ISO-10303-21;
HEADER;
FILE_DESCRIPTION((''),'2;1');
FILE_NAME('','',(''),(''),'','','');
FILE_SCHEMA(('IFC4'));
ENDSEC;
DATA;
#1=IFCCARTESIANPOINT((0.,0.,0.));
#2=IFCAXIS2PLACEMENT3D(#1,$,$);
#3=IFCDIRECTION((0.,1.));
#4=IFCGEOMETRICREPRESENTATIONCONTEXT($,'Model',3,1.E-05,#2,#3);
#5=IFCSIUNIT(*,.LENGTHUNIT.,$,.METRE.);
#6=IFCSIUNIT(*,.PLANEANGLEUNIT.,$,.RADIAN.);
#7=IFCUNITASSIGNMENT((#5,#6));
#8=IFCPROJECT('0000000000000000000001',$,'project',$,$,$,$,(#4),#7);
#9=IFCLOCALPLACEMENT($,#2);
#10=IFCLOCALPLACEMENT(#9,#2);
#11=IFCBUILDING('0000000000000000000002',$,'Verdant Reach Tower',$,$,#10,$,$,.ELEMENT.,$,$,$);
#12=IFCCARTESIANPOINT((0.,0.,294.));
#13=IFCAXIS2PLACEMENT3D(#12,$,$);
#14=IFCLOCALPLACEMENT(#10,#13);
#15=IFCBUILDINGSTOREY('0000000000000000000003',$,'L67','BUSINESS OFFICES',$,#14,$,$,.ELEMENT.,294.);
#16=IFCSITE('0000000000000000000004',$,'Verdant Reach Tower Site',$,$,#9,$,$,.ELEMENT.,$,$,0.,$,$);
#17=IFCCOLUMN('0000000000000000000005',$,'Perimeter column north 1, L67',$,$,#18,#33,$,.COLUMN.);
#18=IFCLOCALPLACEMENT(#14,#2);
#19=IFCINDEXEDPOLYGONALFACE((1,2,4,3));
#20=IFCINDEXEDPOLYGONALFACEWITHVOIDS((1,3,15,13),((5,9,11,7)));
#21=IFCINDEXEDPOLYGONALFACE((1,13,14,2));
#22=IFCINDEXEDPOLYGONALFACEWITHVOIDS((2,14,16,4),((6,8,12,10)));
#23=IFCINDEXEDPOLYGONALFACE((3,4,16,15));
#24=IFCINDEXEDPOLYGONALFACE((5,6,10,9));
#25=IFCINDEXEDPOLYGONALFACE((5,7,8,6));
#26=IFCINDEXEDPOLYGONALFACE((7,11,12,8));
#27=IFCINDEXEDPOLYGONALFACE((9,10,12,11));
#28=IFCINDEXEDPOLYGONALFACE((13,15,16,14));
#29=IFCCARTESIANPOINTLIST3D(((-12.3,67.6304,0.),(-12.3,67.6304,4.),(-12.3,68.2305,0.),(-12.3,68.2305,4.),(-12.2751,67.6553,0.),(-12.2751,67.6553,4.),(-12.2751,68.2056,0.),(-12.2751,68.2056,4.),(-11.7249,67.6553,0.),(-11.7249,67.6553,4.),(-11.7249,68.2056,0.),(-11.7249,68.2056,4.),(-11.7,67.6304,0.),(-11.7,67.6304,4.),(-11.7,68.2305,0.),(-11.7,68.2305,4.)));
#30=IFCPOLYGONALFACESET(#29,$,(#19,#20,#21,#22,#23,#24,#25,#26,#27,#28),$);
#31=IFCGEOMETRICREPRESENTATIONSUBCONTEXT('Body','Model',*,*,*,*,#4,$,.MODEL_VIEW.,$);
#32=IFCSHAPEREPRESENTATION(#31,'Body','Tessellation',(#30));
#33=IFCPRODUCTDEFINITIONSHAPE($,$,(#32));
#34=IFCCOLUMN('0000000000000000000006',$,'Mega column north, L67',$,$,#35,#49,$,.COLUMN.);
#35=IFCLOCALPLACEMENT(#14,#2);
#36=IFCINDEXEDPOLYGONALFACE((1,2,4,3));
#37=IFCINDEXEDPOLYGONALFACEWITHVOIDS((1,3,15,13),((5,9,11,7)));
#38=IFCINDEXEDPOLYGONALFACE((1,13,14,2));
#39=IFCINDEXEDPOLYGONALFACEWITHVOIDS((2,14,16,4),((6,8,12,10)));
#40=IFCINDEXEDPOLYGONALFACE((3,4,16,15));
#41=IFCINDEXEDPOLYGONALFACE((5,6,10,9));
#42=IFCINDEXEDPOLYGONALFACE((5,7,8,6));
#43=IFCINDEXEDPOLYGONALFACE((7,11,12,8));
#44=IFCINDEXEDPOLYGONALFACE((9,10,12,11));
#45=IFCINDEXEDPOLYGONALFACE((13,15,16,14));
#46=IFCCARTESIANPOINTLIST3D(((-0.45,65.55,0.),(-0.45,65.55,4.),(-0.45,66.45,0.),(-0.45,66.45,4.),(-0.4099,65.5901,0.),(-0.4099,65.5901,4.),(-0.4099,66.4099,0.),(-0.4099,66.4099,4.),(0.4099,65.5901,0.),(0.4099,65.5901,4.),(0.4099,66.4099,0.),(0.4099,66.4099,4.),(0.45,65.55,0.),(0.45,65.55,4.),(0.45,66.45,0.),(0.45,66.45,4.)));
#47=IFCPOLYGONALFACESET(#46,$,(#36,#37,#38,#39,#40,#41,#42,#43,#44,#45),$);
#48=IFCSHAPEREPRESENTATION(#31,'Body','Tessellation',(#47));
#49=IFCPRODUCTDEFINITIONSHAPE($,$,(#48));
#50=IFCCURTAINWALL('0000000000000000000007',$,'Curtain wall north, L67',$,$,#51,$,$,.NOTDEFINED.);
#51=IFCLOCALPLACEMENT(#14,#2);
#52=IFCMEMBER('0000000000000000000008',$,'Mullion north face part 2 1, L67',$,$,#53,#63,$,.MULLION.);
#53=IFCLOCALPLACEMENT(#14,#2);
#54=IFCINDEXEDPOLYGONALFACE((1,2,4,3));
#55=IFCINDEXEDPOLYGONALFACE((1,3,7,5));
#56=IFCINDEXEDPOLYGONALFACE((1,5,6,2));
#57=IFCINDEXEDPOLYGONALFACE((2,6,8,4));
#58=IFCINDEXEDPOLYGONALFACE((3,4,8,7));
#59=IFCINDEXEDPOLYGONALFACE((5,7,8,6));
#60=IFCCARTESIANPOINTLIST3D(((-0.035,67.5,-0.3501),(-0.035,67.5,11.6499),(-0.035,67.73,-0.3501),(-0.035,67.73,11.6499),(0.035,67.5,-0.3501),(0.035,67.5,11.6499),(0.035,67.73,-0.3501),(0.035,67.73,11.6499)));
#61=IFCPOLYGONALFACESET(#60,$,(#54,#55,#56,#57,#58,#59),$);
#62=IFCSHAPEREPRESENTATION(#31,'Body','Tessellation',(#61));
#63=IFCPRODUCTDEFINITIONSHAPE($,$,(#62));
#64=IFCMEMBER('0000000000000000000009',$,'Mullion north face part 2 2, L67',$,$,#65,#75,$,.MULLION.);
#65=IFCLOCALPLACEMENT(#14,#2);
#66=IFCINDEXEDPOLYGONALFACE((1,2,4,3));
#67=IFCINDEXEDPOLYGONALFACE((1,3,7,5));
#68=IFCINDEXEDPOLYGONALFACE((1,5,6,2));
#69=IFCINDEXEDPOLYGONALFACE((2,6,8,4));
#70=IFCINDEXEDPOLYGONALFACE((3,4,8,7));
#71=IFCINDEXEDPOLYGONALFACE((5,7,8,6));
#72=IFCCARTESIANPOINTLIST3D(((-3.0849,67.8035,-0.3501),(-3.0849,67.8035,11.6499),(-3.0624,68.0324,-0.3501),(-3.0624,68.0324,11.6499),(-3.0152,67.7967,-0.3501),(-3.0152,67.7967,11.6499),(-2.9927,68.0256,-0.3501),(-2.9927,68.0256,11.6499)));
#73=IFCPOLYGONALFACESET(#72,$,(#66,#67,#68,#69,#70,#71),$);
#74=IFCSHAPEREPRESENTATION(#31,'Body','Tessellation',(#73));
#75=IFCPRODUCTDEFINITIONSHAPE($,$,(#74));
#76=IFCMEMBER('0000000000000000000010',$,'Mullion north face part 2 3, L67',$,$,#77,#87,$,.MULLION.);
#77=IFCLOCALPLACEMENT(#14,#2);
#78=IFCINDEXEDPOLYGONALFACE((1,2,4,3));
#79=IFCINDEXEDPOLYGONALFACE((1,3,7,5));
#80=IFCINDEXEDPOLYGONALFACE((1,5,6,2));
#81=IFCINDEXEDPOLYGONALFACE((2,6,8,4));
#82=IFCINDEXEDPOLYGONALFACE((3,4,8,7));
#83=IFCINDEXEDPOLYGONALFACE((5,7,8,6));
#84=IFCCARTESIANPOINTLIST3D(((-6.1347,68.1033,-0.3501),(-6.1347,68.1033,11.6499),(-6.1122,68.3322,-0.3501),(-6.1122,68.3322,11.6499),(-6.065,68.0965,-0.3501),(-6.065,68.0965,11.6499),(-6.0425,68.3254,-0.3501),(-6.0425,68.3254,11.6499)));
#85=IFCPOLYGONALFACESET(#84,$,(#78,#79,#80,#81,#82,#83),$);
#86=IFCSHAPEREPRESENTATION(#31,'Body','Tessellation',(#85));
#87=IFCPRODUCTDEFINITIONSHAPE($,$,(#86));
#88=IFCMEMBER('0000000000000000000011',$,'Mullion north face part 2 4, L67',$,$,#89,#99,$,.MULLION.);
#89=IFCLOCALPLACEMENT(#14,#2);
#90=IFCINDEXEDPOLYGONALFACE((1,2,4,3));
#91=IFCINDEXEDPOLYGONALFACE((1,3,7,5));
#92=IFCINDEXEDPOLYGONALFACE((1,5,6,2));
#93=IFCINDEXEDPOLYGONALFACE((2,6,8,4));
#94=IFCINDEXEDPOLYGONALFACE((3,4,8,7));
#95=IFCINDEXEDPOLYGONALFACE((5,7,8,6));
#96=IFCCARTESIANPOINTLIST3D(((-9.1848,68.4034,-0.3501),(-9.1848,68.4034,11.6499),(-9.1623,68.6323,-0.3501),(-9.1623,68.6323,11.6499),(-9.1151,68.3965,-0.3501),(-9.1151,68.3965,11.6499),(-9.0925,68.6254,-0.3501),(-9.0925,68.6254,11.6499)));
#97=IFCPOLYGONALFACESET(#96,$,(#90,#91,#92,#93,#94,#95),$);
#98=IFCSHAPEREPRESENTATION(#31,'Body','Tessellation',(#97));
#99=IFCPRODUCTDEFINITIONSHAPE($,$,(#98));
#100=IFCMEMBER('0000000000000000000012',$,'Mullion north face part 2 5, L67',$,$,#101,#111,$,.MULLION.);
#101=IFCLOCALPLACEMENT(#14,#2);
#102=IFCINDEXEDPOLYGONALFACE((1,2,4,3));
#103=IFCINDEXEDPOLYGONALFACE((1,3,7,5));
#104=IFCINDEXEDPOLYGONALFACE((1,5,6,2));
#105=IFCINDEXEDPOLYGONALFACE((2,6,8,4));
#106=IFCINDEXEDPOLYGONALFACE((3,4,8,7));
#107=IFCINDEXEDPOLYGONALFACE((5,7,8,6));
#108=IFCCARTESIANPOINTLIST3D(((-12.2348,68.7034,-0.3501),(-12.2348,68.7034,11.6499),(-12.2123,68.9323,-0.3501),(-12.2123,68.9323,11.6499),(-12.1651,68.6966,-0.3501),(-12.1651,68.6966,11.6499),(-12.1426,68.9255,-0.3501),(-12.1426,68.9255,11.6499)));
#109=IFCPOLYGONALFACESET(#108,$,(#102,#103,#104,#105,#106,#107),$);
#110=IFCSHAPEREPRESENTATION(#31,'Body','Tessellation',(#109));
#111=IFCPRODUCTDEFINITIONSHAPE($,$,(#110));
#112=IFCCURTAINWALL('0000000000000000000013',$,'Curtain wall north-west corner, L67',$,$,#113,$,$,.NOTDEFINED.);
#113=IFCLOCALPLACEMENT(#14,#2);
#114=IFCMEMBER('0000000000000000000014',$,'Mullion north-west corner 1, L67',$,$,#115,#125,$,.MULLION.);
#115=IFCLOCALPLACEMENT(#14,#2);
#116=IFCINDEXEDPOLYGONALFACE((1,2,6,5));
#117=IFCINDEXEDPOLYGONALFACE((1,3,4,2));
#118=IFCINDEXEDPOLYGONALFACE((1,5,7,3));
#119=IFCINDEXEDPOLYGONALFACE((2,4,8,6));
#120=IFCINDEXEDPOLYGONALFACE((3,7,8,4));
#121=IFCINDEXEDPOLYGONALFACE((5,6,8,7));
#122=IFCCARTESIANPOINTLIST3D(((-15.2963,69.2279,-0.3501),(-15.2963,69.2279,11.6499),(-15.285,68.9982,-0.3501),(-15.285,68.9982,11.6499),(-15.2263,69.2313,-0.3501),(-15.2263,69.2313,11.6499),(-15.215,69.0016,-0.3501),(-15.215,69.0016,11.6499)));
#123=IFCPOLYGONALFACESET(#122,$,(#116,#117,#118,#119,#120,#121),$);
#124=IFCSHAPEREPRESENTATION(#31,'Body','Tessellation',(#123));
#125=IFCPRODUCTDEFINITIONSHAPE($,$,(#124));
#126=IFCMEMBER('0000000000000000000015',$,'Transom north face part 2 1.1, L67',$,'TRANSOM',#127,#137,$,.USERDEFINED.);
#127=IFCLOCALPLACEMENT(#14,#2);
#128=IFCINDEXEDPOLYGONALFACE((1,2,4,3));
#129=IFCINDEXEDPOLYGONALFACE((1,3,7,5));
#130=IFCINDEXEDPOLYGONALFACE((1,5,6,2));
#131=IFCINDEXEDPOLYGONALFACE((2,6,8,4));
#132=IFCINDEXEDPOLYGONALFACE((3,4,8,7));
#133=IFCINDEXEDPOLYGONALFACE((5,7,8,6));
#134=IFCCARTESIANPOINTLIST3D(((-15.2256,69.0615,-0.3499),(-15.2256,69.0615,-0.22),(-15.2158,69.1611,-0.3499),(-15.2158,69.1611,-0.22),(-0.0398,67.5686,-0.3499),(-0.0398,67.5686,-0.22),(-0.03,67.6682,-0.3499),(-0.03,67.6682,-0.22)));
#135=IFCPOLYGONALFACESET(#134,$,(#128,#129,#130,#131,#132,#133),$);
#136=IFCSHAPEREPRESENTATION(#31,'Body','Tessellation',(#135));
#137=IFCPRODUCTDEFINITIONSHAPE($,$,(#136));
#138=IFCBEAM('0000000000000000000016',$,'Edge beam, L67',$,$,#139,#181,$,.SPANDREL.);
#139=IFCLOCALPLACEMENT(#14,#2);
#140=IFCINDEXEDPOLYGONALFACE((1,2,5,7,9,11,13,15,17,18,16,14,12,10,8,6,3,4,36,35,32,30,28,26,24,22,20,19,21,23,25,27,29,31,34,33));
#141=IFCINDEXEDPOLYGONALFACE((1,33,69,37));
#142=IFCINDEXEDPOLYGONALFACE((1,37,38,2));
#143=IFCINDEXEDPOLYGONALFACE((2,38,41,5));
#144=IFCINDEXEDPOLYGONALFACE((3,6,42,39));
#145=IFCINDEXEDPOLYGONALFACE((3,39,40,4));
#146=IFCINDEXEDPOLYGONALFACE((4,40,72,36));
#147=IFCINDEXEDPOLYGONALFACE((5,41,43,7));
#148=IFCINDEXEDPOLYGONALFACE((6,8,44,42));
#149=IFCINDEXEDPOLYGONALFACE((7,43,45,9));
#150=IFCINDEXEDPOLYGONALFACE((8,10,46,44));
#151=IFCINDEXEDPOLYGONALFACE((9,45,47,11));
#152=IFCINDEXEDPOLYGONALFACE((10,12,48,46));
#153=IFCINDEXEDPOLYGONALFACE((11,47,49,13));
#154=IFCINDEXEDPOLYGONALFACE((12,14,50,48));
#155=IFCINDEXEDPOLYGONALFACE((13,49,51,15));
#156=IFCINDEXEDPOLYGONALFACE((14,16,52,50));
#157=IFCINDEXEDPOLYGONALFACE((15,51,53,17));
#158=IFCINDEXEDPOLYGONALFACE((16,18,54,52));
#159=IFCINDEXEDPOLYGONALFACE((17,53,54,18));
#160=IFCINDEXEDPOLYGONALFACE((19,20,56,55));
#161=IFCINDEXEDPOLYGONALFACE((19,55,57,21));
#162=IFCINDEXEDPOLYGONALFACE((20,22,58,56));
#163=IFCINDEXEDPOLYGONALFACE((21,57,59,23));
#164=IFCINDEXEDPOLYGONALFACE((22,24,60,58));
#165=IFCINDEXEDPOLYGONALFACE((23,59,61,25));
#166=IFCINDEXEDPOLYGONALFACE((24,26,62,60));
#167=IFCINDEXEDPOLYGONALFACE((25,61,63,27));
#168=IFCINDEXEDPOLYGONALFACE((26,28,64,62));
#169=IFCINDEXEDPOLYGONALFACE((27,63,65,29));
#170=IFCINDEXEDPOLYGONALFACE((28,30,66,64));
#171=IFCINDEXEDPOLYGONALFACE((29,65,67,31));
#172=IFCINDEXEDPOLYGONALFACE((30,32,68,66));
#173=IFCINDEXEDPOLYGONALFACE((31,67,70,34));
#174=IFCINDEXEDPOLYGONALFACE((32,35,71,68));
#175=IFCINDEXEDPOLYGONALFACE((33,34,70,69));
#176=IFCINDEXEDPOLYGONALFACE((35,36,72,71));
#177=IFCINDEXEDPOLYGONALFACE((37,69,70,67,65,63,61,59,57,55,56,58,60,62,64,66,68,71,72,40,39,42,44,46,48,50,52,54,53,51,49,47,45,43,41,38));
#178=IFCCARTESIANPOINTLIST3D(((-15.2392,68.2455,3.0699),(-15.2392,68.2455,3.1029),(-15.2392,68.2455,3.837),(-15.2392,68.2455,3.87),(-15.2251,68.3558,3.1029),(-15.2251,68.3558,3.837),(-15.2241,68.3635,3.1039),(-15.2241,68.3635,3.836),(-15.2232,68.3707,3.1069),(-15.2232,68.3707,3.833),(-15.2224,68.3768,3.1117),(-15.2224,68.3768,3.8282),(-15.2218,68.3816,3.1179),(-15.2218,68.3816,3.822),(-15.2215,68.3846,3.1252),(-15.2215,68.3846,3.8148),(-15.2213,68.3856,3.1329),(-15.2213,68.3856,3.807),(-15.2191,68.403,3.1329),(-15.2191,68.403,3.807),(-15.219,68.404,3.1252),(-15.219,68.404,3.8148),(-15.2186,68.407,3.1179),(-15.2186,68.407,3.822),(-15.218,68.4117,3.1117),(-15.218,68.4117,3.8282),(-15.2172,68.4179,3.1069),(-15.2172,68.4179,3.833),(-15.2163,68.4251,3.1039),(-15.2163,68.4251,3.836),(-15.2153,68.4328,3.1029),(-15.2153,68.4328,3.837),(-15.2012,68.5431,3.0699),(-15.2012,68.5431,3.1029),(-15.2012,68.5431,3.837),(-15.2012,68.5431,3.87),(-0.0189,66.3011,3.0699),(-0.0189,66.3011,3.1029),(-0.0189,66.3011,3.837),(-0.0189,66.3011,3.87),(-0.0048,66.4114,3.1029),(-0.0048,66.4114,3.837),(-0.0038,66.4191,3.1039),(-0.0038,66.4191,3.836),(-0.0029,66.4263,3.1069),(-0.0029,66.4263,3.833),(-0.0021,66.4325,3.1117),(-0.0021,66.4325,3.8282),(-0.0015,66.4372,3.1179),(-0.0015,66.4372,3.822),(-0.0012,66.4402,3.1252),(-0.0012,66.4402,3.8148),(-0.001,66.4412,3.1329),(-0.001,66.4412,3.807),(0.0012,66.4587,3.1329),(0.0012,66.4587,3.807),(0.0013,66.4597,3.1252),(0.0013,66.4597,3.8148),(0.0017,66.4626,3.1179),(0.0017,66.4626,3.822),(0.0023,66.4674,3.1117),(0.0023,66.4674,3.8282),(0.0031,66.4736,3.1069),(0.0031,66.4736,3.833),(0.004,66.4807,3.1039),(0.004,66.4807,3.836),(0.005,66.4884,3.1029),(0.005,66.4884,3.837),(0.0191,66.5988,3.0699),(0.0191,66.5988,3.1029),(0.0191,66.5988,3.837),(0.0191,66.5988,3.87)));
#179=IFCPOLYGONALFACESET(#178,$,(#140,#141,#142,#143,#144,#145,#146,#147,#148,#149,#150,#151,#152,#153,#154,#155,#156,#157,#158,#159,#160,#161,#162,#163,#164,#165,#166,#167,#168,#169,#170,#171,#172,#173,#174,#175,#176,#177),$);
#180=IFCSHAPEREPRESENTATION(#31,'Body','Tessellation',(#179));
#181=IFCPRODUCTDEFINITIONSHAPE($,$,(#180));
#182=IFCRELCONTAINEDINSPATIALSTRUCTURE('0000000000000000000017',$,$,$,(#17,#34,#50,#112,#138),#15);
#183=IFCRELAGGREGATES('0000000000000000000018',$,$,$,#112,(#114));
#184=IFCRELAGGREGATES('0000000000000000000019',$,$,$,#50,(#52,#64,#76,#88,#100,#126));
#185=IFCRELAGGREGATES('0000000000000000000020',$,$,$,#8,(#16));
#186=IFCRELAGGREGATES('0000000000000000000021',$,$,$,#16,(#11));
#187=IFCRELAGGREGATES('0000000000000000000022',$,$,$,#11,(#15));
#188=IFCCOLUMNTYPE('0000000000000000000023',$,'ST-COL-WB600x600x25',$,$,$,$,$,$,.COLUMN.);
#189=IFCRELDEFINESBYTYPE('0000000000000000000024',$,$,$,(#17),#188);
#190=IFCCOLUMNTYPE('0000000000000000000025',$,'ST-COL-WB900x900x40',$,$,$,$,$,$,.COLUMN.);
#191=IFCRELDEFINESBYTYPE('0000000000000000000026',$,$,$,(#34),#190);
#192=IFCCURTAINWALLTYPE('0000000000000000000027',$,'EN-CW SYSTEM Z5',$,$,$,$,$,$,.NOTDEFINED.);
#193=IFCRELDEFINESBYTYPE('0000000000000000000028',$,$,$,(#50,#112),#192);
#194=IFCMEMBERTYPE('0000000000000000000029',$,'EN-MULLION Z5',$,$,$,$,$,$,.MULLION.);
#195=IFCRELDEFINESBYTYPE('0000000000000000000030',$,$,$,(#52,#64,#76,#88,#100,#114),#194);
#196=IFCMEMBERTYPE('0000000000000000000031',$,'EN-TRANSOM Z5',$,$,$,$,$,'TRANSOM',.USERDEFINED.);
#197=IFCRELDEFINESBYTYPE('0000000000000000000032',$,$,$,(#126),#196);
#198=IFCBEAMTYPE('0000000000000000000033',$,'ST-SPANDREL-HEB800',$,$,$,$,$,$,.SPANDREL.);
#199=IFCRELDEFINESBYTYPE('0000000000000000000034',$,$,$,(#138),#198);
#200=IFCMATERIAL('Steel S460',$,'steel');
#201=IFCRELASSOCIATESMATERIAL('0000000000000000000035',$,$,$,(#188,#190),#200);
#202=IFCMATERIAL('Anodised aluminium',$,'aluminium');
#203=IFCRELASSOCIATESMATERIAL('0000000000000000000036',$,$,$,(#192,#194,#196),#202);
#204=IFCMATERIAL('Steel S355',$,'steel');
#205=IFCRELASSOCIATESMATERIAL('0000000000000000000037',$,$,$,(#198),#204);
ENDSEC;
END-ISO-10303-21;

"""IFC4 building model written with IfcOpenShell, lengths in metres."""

from ifc_helpers import new_model, si_unit, direction, frame, origin, origin_2d, place, context, subcontext, project, spatial, rectangle, hollow_rectangle, i_section, extrude, material, material_profile, profile_set, type_object, element, aggregate, save


model = new_model("IFC4")

# Units and contexts
model_context = context("Model", 3, precision=1e-05, world=origin(), true_north=direction((0.0, 1.0)))
body_context = subcontext(model_context, "Body", "Model", "MODEL_VIEW")
ifc_project = project(units=[si_unit("LENGTHUNIT", "METRE"), si_unit("PLANEANGLEUNIT", "RADIAN")], contexts=[model_context])

# Site, building, storey
site_placement = place(None, origin())
site = spatial("IfcSite", under=ifc_project, at=site_placement, Name="Verdant Reach Tower Site", CompositionType="ELEMENT", RefElevation=0.0)
building_placement = place(site_placement, origin())
building = spatial("IfcBuilding", under=site, at=building_placement, Name="Verdant Reach Tower", CompositionType="ELEMENT")
storey_placement = place(building_placement, frame((0.0, 0.0, 294.0)))
storey = spatial("IfcBuildingStorey", under=building, at=storey_placement, Name="L67", Description="BUSINESS OFFICES", CompositionType="ELEMENT", Elevation=294.0)

# Columns
ifc_material_1 = material(Name="Steel S460", Category="steel")
ifc_material_profile_1 = material_profile(ifc_material_1, hollow_rectangle(XDim=0.6001, YDim=0.6001, WallThickness=0.0249, at=origin_2d()), Name="WB 600x600x25")
ifc_profile_set_1 = profile_set([ifc_material_profile_1], Name="Steel S460")
column_type_1 = type_object("IfcColumnType", Name="ST-COL-WB600x600x25", PredefinedType="COLUMN", material=ifc_profile_set_1)
column_1_placement = place(storey_placement, frame((-12.0, 67.9304, 0.0), z_axis=(0.0, 0.0, 1.0), x_axis=(1.0, 0.0, 0.0)))
element("IfcColumn", 1, at=column_1_placement, inside=storey, type_object=column_type_1, Name="Perimeter column north 1, L67", PredefinedType="COLUMN", context=body_context, shape_type="SweptSolid", body=[
    extrude(hollow_rectangle(XDim=0.6001, YDim=0.6001, WallThickness=0.0249, at=origin_2d()), origin(), (0.0, 0.0, 1.0), 4.0),
])
ifc_material_profile_2 = material_profile(ifc_material_1, hollow_rectangle(XDim=0.8999, YDim=0.8999, WallThickness=0.04, at=origin_2d()), Name="WB 900x900x40")
ifc_profile_set_2 = profile_set([ifc_material_profile_2], Name="Steel S460")
column_type_2 = type_object("IfcColumnType", Name="ST-COL-WB900x900x40", PredefinedType="COLUMN", material=ifc_profile_set_2)
column_2_placement = place(storey_placement, frame((0.0, 66.0, 0.0), z_axis=(0.0, 0.0, 1.0), x_axis=(1.0, 0.0, 0.0)))
element("IfcColumn", 2, at=column_2_placement, inside=storey, type_object=column_type_2, Name="Mega column north, L67", PredefinedType="COLUMN", context=body_context, shape_type="SweptSolid", body=[
    extrude(hollow_rectangle(XDim=0.8999, YDim=0.8999, WallThickness=0.04, at=origin_2d()), origin(), (0.0, 0.0, 1.0), 4.0),
])

# Curtain wall, members
ifc_material_2 = material(Name="Anodised aluminium", Category="aluminium")
curtain_wall_type = type_object("IfcCurtainWallType", Name="EN-CW SYSTEM Z5", PredefinedType="NOTDEFINED", material=ifc_material_2)
curtain_wall_1_placement = place(storey_placement, origin())
curtain_wall_1 = element("IfcCurtainWall", 3, at=curtain_wall_1_placement, inside=storey, type_object=curtain_wall_type, Name="Curtain wall north, L67", PredefinedType="NOTDEFINED")
ifc_material_profile_3 = material_profile(ifc_material_2, rectangle(XDim=0.23, YDim=0.0701, at=origin_2d()), Name="Mullion 70x230")
ifc_profile_set_3 = profile_set([ifc_material_profile_3], Name="Anodised aluminium")
member_type_1 = type_object("IfcMemberType", Name="EN-MULLION Z5", PredefinedType="MULLION", material=ifc_profile_set_3)
member_1_placement = place(storey_placement, frame((0.0, 67.615, -0.3501), z_axis=(0.0, 0.0, 1.0), x_axis=(0.0, 1.0, 0.0)))
member_1 = element("IfcMember", 4, at=member_1_placement, type_object=member_type_1, Name="Mullion north face part 2 1, L67", PredefinedType="MULLION", context=body_context, shape_type="SweptSolid", body=[
    extrude(rectangle(XDim=0.23, YDim=0.0701, at=origin_2d()), origin(), (0.0, 0.0, 1.0), 12.0),
])
member_2_placement = place(storey_placement, frame((-3.0388, 67.9146, -0.3501), z_axis=(0.0, 0.0, 1.0), x_axis=(0.097888, 0.995197, 0.0)))
member_2 = element("IfcMember", 5, at=member_2_placement, type_object=member_type_1, Name="Mullion north face part 2 2, L67", PredefinedType="MULLION", context=body_context, shape_type="SweptSolid", body=[
    extrude(rectangle(XDim=0.23, YDim=0.0701, at=origin_2d()), origin(), (0.0, 0.0, 1.0), 12.0),
])
member_3_placement = place(storey_placement, frame((-6.0886, 68.2144, -0.3501), z_axis=(0.0, 0.0, 1.0), x_axis=(0.097888, 0.995197, 0.0)))
member_3 = element("IfcMember", 6, at=member_3_placement, type_object=member_type_1, Name="Mullion north face part 2 3, L67", PredefinedType="MULLION", context=body_context, shape_type="SweptSolid", body=[
    extrude(rectangle(XDim=0.23, YDim=0.0701, at=origin_2d()), origin(), (0.0, 0.0, 1.0), 12.0),
])
member_4_placement = place(storey_placement, frame((-9.1387, 68.5144, -0.3501), z_axis=(0.0, 0.0, 1.0), x_axis=(0.097888, 0.995197, 0.0)))
member_4 = element("IfcMember", 7, at=member_4_placement, type_object=member_type_1, Name="Mullion north face part 2 4, L67", PredefinedType="MULLION", context=body_context, shape_type="SweptSolid", body=[
    extrude(rectangle(XDim=0.23, YDim=0.0701, at=origin_2d()), origin(), (0.0, 0.0, 1.0), 12.0),
])
member_5_placement = place(storey_placement, frame((-12.1887, 68.8145, -0.3501), z_axis=(0.0, 0.0, 1.0), x_axis=(0.097888, 0.995197, 0.0)))
member_5 = element("IfcMember", 8, at=member_5_placement, type_object=member_type_1, Name="Mullion north face part 2 5, L67", PredefinedType="MULLION", context=body_context, shape_type="SweptSolid", body=[
    extrude(rectangle(XDim=0.23, YDim=0.0701, at=origin_2d()), origin(), (0.0, 0.0, 1.0), 12.0),
])

# Curtain wall, member
curtain_wall_2_placement = place(storey_placement, origin())
curtain_wall_2 = element("IfcCurtainWall", 9, at=curtain_wall_2_placement, inside=storey, type_object=curtain_wall_type, Name="Curtain wall north-west corner, L67", PredefinedType="NOTDEFINED")
member_6_placement = place(storey_placement, frame((-15.2556, 69.1147, -0.3501), z_axis=(0.0, 0.0, 1.0), x_axis=(-0.049128, 0.998793, 0.0)))
member_6 = element("IfcMember", 10, at=member_6_placement, type_object=member_type_1, Name="Mullion north-west corner 1, L67", PredefinedType="MULLION", context=body_context, shape_type="SweptSolid", body=[
    extrude(rectangle(XDim=0.23, YDim=0.0701, at=origin_2d()), origin(), (0.0, 0.0, 1.0), 12.0),
])
aggregate(curtain_wall_2, [member_6])

# Member
ifc_material_profile_4 = material_profile(ifc_material_2, rectangle(XDim=0.1001, YDim=0.1299, at=origin_2d()), Name="Transom 130x100")
ifc_profile_set_4 = profile_set([ifc_material_profile_4], Name="Anodised aluminium")
member_type_2 = type_object("IfcMemberType", Name="EN-TRANSOM Z5", ElementType="TRANSOM", PredefinedType="USERDEFINED", material=ifc_profile_set_4)
member_7_placement = place(storey_placement, frame((-0.0349, 67.6184, -0.2849), z_axis=(-0.995202, 0.097839, 0.0), x_axis=(-0.097839, -0.995202, 0.0)))
member_7 = element("IfcMember", 11, at=member_7_placement, type_object=member_type_2, Name="Transom north face part 2 1.1, L67", ObjectType="TRANSOM", PredefinedType="USERDEFINED", context=body_context, shape_type="SweptSolid", body=[
    extrude(rectangle(XDim=0.1001, YDim=0.1299, at=origin_2d()), origin(), (0.0, 0.0, 1.0), 15.259),
])

# Beam
ifc_material_3 = material(Name="Steel S355", Category="steel")
ifc_material_profile_5 = material_profile(ifc_material_3, i_section(OverallWidth=0.3, OverallDepth=0.8, WebThickness=0.0176, FlangeThickness=0.033, FilletRadius=0.03, at=origin_2d()), Name="HEB 800")
ifc_profile_set_5 = profile_set([ifc_material_profile_5], Name="Steel S355")
beam_type = type_object("IfcBeamType", Name="ST-SPANDREL-HEB800", PredefinedType="SPANDREL", material=ifc_profile_set_5)
for number, where, z_axis, x_axis, name in (
    (12, (-15.2202, 68.3943, 3.47), (0.991939, -0.126717, 0.0), (0.126717, 0.991939, 0.0), "Edge beam, L67"),
):
    element("IfcBeam", number, at=place(storey_placement, frame(where, z_axis=z_axis, x_axis=x_axis)), inside=storey, type_object=beam_type, Name=name, PredefinedType="SPANDREL", context=body_context, shape_type="SweptSolid", body=[
        extrude(i_section(OverallWidth=0.3, OverallDepth=0.8, WebThickness=0.0176, FlangeThickness=0.033, FilletRadius=0.03, at=origin_2d()), origin(), (0.0, 0.0, 1.0), 15.344),
    ])

aggregate(curtain_wall_1, [member_1, member_2, member_3, member_4, member_5, member_7])

save(model, "model.ifc")
